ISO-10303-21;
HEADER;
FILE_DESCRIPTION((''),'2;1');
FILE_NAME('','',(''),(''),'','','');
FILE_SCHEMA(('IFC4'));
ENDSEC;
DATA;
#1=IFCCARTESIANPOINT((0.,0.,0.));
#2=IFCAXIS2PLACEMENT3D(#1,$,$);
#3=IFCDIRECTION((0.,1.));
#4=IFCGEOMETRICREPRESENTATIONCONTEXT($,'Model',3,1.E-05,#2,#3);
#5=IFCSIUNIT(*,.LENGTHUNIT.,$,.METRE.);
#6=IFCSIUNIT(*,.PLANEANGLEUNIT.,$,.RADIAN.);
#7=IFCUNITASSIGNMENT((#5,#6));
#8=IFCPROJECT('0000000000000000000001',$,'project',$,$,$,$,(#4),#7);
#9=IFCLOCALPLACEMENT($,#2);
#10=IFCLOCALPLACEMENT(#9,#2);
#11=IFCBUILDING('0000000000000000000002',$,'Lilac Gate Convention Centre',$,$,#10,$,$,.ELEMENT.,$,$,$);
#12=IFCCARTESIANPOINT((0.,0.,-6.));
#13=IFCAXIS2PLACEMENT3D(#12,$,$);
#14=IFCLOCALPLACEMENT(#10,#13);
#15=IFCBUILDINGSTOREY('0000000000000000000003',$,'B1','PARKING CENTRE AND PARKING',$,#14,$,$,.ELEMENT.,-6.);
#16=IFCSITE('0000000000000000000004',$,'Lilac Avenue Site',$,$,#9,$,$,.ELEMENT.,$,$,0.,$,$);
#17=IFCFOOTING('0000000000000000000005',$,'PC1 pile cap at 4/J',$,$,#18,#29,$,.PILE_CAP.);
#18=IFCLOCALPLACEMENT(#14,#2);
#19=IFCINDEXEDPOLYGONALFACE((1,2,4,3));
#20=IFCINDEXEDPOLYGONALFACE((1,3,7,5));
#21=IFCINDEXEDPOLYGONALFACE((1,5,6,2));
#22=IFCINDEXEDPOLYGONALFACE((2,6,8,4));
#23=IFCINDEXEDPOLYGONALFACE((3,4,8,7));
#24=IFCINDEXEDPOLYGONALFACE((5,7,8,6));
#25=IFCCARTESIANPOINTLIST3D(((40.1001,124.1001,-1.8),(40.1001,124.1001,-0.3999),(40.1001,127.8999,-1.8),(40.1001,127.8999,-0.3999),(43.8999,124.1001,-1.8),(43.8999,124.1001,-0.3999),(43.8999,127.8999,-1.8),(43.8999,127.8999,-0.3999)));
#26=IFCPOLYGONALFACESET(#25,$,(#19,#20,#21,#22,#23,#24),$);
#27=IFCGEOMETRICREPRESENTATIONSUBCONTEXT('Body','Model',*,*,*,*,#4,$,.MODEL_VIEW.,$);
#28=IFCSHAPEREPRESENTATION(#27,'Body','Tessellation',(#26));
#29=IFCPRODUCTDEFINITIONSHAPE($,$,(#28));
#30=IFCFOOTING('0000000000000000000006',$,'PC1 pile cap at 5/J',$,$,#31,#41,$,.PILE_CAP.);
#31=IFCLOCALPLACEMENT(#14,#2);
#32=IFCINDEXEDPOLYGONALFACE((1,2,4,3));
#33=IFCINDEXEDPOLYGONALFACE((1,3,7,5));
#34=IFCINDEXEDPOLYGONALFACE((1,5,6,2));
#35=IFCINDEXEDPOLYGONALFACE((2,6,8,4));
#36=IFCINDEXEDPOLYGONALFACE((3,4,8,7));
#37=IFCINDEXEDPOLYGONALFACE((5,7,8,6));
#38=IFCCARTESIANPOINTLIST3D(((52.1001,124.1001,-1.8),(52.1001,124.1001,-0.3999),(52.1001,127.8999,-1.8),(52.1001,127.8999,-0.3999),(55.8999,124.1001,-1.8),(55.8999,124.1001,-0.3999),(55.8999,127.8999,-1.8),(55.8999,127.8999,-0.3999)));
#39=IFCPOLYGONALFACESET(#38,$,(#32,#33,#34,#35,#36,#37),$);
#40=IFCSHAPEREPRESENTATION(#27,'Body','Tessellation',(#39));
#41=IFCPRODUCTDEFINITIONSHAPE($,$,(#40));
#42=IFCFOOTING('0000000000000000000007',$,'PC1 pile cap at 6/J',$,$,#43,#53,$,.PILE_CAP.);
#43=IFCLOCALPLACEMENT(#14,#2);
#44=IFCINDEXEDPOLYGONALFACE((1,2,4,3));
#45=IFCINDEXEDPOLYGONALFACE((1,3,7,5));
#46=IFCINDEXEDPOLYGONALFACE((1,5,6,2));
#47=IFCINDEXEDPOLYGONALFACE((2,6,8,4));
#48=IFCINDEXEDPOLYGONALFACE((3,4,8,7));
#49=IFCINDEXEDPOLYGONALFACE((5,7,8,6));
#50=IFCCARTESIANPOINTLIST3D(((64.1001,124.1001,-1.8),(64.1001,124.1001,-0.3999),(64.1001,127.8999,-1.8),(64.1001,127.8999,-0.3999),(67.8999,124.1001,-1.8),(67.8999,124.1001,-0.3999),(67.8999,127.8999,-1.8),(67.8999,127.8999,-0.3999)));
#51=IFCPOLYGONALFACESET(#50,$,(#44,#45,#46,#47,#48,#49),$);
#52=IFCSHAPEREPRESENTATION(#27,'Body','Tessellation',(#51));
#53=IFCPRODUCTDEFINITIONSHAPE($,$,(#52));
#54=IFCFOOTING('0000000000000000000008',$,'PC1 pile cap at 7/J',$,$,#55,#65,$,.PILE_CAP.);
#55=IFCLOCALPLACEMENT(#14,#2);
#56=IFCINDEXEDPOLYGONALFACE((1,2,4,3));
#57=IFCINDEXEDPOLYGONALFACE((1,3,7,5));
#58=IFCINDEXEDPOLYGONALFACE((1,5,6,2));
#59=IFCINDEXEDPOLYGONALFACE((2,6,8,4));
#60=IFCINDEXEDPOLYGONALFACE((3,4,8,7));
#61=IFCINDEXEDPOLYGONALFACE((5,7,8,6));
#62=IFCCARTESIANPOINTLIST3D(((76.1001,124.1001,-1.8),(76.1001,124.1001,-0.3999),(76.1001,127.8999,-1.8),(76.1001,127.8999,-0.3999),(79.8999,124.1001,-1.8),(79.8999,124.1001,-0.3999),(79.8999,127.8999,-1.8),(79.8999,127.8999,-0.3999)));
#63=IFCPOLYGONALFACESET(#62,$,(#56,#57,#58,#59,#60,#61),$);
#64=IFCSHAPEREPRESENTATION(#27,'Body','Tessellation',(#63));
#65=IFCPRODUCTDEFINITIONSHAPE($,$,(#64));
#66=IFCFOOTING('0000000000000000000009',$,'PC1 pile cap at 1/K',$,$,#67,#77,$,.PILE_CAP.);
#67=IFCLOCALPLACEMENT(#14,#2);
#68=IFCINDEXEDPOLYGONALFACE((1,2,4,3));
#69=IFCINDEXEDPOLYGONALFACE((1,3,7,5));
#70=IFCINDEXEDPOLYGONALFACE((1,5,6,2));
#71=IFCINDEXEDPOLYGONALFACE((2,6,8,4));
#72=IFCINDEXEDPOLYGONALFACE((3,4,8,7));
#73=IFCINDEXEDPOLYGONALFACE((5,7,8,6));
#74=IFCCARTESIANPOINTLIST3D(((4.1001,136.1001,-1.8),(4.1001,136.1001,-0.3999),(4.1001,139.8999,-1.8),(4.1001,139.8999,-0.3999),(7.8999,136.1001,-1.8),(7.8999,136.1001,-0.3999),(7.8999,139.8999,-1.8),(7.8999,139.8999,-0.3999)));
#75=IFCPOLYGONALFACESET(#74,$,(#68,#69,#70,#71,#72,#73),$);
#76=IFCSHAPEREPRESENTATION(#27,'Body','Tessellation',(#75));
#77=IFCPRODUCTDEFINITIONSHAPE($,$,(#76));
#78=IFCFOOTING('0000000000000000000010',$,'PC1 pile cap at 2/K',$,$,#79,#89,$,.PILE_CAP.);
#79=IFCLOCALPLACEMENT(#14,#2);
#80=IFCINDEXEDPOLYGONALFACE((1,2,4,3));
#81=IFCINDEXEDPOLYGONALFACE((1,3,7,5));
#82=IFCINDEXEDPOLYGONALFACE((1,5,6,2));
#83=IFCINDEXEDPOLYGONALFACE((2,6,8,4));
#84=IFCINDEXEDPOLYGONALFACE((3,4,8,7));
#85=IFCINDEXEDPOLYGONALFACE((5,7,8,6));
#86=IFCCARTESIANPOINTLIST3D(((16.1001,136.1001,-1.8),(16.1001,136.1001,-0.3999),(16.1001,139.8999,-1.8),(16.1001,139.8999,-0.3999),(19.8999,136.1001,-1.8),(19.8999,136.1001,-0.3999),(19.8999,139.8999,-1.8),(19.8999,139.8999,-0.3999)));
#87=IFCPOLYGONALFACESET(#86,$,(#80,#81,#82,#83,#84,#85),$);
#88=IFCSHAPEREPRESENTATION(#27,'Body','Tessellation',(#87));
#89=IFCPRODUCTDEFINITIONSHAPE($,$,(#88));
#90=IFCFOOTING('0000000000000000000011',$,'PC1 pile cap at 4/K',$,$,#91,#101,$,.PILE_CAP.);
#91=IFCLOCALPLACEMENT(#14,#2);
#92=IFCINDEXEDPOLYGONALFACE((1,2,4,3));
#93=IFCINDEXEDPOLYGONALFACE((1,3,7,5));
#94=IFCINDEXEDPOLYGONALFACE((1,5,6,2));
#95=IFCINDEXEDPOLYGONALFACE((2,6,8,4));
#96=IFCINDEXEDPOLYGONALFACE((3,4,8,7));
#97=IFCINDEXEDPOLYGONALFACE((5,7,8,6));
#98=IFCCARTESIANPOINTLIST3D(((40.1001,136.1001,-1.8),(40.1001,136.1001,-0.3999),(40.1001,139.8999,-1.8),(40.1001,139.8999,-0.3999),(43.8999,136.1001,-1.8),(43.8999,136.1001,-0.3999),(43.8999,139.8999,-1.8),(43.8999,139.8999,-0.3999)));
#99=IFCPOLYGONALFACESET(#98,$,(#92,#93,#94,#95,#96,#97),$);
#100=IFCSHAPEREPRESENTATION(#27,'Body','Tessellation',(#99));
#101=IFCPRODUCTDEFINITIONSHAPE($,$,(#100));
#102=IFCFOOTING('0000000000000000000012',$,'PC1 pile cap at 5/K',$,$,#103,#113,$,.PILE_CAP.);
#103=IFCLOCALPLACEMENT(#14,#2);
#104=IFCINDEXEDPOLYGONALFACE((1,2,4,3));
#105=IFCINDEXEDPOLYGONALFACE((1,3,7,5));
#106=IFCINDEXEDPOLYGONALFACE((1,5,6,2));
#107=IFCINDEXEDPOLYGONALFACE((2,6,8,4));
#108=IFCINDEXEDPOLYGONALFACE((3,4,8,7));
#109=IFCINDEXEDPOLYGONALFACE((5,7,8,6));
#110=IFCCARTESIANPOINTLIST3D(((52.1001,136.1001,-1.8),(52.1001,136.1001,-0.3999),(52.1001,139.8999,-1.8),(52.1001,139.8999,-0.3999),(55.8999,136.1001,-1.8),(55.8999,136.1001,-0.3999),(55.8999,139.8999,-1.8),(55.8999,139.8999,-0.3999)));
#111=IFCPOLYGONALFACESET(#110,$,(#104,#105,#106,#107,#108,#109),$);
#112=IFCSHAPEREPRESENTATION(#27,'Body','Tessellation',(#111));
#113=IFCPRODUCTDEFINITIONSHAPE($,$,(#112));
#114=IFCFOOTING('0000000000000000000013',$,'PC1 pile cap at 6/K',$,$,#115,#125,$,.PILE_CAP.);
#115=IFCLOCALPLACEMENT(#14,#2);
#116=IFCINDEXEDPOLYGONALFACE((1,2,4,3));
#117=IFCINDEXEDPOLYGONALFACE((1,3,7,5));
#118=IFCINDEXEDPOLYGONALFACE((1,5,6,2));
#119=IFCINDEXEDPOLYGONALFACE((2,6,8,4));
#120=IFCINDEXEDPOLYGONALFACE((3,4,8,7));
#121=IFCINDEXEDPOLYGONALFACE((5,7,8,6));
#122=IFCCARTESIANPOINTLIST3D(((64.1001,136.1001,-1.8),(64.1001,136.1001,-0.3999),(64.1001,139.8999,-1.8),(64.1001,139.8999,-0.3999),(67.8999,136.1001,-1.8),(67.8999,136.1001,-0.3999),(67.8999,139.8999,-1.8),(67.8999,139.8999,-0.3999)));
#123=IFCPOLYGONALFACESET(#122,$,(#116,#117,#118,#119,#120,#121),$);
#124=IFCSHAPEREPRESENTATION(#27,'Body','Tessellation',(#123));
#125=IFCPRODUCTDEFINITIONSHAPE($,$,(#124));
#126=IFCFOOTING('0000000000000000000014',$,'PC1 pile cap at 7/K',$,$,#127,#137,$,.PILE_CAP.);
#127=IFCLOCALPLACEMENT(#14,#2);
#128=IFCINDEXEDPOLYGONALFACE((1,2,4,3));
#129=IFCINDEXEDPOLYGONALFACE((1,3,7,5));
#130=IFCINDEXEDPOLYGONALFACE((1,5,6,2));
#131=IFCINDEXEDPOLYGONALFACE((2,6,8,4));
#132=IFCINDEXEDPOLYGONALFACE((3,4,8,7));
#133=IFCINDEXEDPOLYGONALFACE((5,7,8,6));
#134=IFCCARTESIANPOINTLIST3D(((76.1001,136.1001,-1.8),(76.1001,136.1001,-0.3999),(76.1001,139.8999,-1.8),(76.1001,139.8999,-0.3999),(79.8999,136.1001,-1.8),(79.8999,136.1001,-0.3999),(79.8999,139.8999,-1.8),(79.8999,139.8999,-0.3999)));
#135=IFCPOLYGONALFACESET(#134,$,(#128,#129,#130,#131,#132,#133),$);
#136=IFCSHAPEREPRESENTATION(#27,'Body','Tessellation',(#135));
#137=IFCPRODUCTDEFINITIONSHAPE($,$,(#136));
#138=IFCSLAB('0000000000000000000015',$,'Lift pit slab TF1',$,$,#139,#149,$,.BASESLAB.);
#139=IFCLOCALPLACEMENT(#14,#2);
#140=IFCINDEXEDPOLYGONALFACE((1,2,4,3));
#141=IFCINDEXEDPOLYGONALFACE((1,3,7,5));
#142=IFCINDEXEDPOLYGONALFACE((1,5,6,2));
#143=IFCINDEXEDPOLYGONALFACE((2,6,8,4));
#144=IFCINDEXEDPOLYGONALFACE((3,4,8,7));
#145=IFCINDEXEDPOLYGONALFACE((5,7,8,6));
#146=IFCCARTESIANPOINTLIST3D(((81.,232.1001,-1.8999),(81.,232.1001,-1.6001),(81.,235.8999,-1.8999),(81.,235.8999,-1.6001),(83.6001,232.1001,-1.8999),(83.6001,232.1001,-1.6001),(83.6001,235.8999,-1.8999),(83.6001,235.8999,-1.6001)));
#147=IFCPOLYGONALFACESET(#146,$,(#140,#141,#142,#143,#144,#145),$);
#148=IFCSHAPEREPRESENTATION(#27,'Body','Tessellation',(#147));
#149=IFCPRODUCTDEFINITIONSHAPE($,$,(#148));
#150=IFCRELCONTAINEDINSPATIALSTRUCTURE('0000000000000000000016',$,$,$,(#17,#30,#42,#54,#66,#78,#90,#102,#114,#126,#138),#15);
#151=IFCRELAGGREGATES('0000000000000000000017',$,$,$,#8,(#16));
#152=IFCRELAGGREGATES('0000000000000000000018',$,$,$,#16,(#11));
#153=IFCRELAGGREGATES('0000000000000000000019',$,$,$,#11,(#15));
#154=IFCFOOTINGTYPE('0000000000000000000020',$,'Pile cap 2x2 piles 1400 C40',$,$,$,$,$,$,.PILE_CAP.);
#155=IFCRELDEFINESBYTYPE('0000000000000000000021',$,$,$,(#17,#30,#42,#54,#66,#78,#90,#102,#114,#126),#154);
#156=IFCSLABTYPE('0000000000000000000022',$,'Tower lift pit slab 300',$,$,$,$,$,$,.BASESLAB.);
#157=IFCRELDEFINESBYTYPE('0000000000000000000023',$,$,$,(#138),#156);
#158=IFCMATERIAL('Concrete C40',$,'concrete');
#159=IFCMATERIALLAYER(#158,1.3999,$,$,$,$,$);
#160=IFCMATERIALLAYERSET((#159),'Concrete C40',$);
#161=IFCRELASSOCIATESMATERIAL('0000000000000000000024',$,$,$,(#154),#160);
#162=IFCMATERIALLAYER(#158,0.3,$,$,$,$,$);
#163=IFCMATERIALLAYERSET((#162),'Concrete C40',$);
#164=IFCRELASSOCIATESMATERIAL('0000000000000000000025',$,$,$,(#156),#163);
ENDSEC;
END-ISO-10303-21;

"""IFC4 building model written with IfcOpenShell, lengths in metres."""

from ifc_helpers import new_model, si_unit, direction, frame, origin, place, context, subcontext, project, spatial, polyline, outline, extrude, material, layer, layer_set, type_object, element, save


model = new_model("IFC4")

# Units and contexts
model_context = context("Model", 3, precision=1e-05, world=origin(), true_north=direction((0.0, 1.0)))
body_context = subcontext(model_context, "Body", "Model", "MODEL_VIEW")
ifc_project = project(units=[si_unit("LENGTHUNIT", "METRE"), si_unit("PLANEANGLEUNIT", "RADIAN")], contexts=[model_context])

# Site, building, storey
site_placement = place(None, origin())
site = spatial("IfcSite", under=ifc_project, at=site_placement, Name="Lilac Avenue Site", CompositionType="ELEMENT", RefElevation=0.0)
building_placement = place(site_placement, origin())
building = spatial("IfcBuilding", under=site, at=building_placement, Name="Lilac Gate Convention Centre", CompositionType="ELEMENT")
storey_placement = place(building_placement, frame((0.0, 0.0, -6.0)))
storey = spatial("IfcBuildingStorey", under=building, at=storey_placement, Name="B1", Description="PARKING CENTRE AND PARKING", CompositionType="ELEMENT", Elevation=-6.0)

# Footings
ifc_material = material(Name="Concrete C40", Category="concrete")
ifc_layer_1 = layer(ifc_material, 1.3999)
ifc_layer_set_1 = layer_set([ifc_layer_1], Name="Concrete C40")
footing_type = type_object("IfcFootingType", Name="Pile cap 2x2 piles 1400 C40", PredefinedType="PILE_CAP", material=ifc_layer_set_1)
footing_1_placement = place(storey_placement, frame((0.0, 0.0, -1.8)))
element("IfcFooting", 1, at=footing_1_placement, inside=storey, type_object=footing_type, Name="PC1 pile cap at 4/J", PredefinedType="PILE_CAP", context=body_context, shape_type="SweptSolid", body=[
    extrude(outline(polyline([(40.1001, 124.1001), (43.8999, 124.1001), (43.8999, 127.8999), (40.1001, 127.8999), (40.1001, 124.1001)])), origin(), (0.0, 0.0, 1.0), 1.4001),
])
footing_2_placement = place(storey_placement, frame((0.0, 0.0, -1.8)))
element("IfcFooting", 2, at=footing_2_placement, inside=storey, type_object=footing_type, Name="PC1 pile cap at 5/J", PredefinedType="PILE_CAP", context=body_context, shape_type="SweptSolid", body=[
    extrude(outline(polyline([(52.1001, 124.1001), (55.8999, 124.1001), (55.8999, 127.8999), (52.1001, 127.8999), (52.1001, 124.1001)])), origin(), (0.0, 0.0, 1.0), 1.4001),
])
footing_3_placement = place(storey_placement, frame((0.0, 0.0, -1.8)))
element("IfcFooting", 3, at=footing_3_placement, inside=storey, type_object=footing_type, Name="PC1 pile cap at 6/J", PredefinedType="PILE_CAP", context=body_context, shape_type="SweptSolid", body=[
    extrude(outline(polyline([(64.1001, 124.1001), (67.8999, 124.1001), (67.8999, 127.8999), (64.1001, 127.8999), (64.1001, 124.1001)])), origin(), (0.0, 0.0, 1.0), 1.4001),
])
footing_4_placement = place(storey_placement, frame((0.0, 0.0, -1.8)))
element("IfcFooting", 4, at=footing_4_placement, inside=storey, type_object=footing_type, Name="PC1 pile cap at 7/J", PredefinedType="PILE_CAP", context=body_context, shape_type="SweptSolid", body=[
    extrude(outline(polyline([(76.1001, 124.1001), (79.8999, 124.1001), (79.8999, 127.8999), (76.1001, 127.8999), (76.1001, 124.1001)])), origin(), (0.0, 0.0, 1.0), 1.4001),
])
footing_5_placement = place(storey_placement, frame((0.0, 0.0, -1.8)))
element("IfcFooting", 5, at=footing_5_placement, inside=storey, type_object=footing_type, Name="PC1 pile cap at 1/K", PredefinedType="PILE_CAP", context=body_context, shape_type="SweptSolid", body=[
    extrude(outline(polyline([(4.1001, 136.1001), (7.8999, 136.1001), (7.8999, 139.8999), (4.1001, 139.8999), (4.1001, 136.1001)])), origin(), (0.0, 0.0, 1.0), 1.4001),
])
footing_6_placement = place(storey_placement, frame((0.0, 0.0, -1.8)))
element("IfcFooting", 6, at=footing_6_placement, inside=storey, type_object=footing_type, Name="PC1 pile cap at 2/K", PredefinedType="PILE_CAP", context=body_context, shape_type="SweptSolid", body=[
    extrude(outline(polyline([(16.1001, 136.1001), (19.8999, 136.1001), (19.8999, 139.8999), (16.1001, 139.8999), (16.1001, 136.1001)])), origin(), (0.0, 0.0, 1.0), 1.4001),
])
footing_7_placement = place(storey_placement, frame((0.0, 0.0, -1.8)))
element("IfcFooting", 7, at=footing_7_placement, inside=storey, type_object=footing_type, Name="PC1 pile cap at 4/K", PredefinedType="PILE_CAP", context=body_context, shape_type="SweptSolid", body=[
    extrude(outline(polyline([(40.1001, 136.1001), (43.8999, 136.1001), (43.8999, 139.8999), (40.1001, 139.8999), (40.1001, 136.1001)])), origin(), (0.0, 0.0, 1.0), 1.4001),
])
footing_8_placement = place(storey_placement, frame((0.0, 0.0, -1.8)))
element("IfcFooting", 8, at=footing_8_placement, inside=storey, type_object=footing_type, Name="PC1 pile cap at 5/K", PredefinedType="PILE_CAP", context=body_context, shape_type="SweptSolid", body=[
    extrude(outline(polyline([(52.1001, 136.1001), (55.8999, 136.1001), (55.8999, 139.8999), (52.1001, 139.8999), (52.1001, 136.1001)])), origin(), (0.0, 0.0, 1.0), 1.4001),
])
footing_9_placement = place(storey_placement, frame((0.0, 0.0, -1.8)))
element("IfcFooting", 9, at=footing_9_placement, inside=storey, type_object=footing_type, Name="PC1 pile cap at 6/K", PredefinedType="PILE_CAP", context=body_context, shape_type="SweptSolid", body=[
    extrude(outline(polyline([(64.1001, 136.1001), (67.8999, 136.1001), (67.8999, 139.8999), (64.1001, 139.8999), (64.1001, 136.1001)])), origin(), (0.0, 0.0, 1.0), 1.4001),
])
footing_10_placement = place(storey_placement, frame((0.0, 0.0, -1.8)))
element("IfcFooting", 10, at=footing_10_placement, inside=storey, type_object=footing_type, Name="PC1 pile cap at 7/K", PredefinedType="PILE_CAP", context=body_context, shape_type="SweptSolid", body=[
    extrude(outline(polyline([(76.1001, 136.1001), (79.8999, 136.1001), (79.8999, 139.8999), (76.1001, 139.8999), (76.1001, 136.1001)])), origin(), (0.0, 0.0, 1.0), 1.4001),
])

# Slab
ifc_layer_2 = layer(ifc_material, 0.3)
ifc_layer_set_2 = layer_set([ifc_layer_2], Name="Concrete C40")
slab_type = type_object("IfcSlabType", Name="Tower lift pit slab 300", PredefinedType="BASESLAB", material=ifc_layer_set_2)
slab_placement = place(storey_placement, frame((0.0, 0.0, -1.8999)))
element("IfcSlab", 11, at=slab_placement, inside=storey, type_object=slab_type, Name="Lift pit slab TF1", PredefinedType="BASESLAB", context=body_context, shape_type="SweptSolid", body=[
    extrude(outline(polyline([(81.0, 232.1001), (83.6001, 232.1001), (83.6001, 235.8999), (81.0, 235.8999), (81.0, 232.1001)])), origin(), (0.0, 0.0, 1.0), 0.2998),
])

save(model, "model.ifc")
